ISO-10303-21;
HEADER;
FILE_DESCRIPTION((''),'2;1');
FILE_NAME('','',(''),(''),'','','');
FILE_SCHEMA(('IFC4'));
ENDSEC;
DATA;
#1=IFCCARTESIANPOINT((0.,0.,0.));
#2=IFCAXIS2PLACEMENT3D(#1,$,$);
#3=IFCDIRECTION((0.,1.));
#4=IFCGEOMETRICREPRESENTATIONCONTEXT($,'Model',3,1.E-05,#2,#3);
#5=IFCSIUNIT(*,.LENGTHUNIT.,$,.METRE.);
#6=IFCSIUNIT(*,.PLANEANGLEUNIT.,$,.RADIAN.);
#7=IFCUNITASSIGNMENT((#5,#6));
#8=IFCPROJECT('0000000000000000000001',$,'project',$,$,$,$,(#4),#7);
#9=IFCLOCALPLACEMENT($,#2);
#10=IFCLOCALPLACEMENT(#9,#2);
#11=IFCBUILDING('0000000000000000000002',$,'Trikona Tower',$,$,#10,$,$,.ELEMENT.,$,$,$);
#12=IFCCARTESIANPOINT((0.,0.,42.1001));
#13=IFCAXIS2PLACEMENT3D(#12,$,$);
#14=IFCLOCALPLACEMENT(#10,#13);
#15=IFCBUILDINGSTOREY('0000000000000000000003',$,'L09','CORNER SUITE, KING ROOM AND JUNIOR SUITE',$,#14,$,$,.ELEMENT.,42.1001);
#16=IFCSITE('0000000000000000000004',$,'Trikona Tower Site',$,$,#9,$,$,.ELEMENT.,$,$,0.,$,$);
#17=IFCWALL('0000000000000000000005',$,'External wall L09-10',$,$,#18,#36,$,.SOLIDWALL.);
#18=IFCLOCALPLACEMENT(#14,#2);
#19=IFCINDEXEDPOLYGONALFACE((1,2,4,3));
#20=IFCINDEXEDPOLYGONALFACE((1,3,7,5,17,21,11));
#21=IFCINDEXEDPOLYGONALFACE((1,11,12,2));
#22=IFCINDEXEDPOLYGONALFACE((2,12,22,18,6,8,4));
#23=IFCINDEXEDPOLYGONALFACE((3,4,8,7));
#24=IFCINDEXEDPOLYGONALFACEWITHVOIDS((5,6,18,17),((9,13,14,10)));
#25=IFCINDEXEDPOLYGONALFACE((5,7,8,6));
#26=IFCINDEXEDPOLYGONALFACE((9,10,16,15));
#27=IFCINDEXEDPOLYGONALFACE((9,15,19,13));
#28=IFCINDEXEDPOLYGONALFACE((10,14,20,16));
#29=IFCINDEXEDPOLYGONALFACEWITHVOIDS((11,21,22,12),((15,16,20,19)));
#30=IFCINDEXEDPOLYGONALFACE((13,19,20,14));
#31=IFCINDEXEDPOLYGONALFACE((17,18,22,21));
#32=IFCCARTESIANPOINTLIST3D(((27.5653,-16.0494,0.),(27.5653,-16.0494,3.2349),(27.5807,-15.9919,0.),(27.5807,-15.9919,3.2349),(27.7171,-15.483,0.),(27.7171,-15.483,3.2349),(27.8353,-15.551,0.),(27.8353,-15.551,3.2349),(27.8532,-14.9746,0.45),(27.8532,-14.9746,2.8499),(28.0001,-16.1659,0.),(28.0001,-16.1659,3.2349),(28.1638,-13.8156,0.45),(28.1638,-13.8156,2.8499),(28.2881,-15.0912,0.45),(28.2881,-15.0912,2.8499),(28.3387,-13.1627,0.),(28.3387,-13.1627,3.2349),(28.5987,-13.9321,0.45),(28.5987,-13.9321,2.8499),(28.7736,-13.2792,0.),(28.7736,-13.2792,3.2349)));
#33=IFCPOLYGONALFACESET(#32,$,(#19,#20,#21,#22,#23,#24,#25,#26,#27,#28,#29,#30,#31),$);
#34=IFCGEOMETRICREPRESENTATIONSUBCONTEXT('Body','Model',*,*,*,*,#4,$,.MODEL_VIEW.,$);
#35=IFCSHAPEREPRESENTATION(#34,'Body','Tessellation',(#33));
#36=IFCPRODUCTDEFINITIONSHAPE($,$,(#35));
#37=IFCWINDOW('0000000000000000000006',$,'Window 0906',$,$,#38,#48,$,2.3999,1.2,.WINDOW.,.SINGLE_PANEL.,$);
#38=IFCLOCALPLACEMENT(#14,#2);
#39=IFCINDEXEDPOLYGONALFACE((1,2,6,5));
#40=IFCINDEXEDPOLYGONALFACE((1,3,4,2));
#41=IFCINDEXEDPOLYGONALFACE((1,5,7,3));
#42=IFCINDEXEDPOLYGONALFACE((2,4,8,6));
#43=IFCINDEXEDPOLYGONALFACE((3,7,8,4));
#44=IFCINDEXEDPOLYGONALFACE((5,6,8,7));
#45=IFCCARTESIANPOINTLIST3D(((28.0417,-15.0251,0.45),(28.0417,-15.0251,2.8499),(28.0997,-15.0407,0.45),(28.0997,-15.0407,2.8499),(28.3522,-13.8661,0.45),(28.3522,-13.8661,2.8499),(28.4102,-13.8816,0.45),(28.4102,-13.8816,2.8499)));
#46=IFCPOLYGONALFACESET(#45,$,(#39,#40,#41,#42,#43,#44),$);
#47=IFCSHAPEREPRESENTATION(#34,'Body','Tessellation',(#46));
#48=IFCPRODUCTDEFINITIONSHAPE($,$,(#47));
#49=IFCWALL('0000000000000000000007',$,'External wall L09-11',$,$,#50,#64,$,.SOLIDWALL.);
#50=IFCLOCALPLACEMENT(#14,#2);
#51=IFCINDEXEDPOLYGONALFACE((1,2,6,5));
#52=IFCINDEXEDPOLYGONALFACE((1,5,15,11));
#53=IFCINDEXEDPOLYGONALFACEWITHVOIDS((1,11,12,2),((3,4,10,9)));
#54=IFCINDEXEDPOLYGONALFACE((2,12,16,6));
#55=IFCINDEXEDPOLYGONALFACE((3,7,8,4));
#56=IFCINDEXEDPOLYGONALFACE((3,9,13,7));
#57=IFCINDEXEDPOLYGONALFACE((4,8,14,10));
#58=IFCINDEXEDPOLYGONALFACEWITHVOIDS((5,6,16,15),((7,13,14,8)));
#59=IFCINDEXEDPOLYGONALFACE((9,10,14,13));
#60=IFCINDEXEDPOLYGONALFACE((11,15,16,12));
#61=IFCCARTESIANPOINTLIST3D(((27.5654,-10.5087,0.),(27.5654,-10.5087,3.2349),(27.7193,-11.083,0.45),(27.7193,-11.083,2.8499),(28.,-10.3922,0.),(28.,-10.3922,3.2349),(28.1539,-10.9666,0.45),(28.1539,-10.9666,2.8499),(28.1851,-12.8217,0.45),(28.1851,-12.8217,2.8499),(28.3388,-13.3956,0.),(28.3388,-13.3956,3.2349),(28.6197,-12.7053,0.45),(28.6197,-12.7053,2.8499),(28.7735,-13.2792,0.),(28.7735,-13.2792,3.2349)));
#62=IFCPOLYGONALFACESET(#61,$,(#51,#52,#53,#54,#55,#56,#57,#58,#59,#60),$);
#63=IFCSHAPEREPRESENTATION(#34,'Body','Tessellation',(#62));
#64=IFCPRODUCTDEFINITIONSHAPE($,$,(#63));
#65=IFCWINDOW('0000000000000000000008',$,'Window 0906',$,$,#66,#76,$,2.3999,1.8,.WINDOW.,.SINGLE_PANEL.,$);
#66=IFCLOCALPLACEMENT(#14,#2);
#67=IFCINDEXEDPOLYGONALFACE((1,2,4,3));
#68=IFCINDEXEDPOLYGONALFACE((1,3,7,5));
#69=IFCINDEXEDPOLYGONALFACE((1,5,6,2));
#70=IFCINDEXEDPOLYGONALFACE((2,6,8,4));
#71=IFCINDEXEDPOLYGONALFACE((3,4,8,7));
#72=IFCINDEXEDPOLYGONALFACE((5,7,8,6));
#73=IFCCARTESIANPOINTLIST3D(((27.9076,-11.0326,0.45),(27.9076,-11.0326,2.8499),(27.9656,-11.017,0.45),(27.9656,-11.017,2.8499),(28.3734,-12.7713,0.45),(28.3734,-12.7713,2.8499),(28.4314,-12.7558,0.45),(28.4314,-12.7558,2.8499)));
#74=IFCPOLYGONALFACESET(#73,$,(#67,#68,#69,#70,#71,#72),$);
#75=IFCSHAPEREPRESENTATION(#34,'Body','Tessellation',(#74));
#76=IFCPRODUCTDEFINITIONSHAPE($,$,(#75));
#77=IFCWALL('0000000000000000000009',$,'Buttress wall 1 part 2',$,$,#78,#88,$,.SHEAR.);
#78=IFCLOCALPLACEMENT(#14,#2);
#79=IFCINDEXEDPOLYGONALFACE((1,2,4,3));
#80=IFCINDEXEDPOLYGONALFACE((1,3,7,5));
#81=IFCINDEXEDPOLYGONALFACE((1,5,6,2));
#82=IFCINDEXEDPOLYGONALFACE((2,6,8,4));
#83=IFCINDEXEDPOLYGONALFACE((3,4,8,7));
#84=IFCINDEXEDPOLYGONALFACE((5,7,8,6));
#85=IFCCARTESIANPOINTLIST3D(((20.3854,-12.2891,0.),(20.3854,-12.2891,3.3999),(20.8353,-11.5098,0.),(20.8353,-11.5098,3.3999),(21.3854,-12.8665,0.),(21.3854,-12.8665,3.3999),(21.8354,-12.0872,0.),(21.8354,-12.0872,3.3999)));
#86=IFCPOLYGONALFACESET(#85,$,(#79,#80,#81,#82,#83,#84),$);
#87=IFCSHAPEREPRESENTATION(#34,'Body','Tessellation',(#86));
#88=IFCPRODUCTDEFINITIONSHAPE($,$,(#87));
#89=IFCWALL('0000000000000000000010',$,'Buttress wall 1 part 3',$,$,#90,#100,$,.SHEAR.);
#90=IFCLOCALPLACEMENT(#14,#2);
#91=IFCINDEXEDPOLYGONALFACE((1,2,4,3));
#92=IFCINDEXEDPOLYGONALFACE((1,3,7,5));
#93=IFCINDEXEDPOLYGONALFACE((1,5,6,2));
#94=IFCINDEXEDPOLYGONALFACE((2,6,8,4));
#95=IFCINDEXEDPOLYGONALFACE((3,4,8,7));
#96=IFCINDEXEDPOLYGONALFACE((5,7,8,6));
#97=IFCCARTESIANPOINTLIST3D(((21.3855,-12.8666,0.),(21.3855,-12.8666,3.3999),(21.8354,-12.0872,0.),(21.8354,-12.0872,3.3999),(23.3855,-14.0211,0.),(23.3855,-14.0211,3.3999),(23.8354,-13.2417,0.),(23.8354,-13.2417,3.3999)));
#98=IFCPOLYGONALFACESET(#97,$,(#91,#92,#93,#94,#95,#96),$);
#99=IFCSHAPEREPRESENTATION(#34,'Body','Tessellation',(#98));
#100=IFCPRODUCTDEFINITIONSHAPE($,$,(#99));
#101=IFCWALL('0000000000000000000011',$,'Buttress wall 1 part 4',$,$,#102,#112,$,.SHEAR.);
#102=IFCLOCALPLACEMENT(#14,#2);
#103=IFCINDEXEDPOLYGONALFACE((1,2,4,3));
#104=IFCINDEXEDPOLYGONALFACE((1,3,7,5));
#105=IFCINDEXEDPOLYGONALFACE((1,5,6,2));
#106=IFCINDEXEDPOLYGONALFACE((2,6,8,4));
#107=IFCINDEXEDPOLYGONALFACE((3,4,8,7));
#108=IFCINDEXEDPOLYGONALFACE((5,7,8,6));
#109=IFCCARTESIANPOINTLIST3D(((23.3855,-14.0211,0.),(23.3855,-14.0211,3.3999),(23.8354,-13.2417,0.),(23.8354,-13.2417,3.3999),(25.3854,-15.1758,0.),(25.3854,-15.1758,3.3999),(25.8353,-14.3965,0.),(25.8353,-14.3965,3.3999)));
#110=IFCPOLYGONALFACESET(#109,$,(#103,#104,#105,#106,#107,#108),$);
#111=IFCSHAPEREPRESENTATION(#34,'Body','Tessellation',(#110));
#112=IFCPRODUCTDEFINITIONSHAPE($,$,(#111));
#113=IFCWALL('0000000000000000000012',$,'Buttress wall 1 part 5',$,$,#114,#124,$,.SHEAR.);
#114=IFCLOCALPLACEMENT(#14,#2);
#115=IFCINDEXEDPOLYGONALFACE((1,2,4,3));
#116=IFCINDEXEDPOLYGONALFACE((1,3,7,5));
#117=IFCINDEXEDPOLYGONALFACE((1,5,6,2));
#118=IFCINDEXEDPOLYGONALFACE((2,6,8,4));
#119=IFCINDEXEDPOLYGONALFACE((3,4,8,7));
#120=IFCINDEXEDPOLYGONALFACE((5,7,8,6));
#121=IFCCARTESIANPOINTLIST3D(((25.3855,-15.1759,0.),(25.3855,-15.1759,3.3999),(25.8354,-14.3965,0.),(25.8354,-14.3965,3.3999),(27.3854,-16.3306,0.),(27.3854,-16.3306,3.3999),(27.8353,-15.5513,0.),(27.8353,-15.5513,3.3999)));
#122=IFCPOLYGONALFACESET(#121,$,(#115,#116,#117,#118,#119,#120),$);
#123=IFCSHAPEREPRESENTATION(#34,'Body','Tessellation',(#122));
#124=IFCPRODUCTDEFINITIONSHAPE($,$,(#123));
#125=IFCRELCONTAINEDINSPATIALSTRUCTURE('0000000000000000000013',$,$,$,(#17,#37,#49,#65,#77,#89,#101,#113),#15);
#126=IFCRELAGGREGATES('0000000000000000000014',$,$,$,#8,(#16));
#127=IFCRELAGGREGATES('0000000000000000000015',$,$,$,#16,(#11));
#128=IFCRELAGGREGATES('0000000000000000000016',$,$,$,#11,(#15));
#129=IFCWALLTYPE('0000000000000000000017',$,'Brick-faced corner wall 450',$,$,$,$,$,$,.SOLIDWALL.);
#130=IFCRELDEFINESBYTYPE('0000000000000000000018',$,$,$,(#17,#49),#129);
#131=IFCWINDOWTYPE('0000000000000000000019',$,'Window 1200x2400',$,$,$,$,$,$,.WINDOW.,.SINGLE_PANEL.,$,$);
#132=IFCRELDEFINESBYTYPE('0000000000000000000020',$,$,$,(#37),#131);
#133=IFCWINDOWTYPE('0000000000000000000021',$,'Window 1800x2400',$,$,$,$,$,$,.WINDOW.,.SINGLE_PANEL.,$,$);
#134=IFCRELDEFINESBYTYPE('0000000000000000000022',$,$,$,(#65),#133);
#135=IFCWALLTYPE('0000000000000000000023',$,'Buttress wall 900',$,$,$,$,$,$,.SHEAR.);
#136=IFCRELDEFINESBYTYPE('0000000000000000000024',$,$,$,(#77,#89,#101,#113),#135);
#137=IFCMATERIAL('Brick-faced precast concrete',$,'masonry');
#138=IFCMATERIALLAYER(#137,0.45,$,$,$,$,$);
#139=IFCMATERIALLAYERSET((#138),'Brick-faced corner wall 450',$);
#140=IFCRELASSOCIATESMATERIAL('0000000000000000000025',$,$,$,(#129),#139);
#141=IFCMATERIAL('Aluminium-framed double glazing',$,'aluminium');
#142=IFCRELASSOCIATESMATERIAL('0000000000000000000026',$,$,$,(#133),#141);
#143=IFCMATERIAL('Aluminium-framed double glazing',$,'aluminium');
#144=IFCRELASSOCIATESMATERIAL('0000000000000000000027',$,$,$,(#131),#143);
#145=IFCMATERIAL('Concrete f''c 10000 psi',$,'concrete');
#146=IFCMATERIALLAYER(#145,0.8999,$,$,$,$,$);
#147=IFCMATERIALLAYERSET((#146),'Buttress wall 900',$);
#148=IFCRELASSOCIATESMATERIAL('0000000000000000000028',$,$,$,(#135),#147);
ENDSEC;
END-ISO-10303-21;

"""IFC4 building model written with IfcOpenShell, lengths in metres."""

from ifc_helpers import new_model, si_unit, direction, frame, frame_2d, origin, place, context, subcontext, project, spatial, polyline, rectangle, outline, extrude, material, layer, layer_set, type_object, element, fill, save


model = new_model("IFC4")

# Units and contexts
model_context = context("Model", 3, precision=1e-05, world=origin(), true_north=direction((0.0, 1.0)))
body_context = subcontext(model_context, "Body", "Model", "MODEL_VIEW")
ifc_project = project(units=[si_unit("LENGTHUNIT", "METRE"), si_unit("PLANEANGLEUNIT", "RADIAN")], contexts=[model_context])

# Site, building, storey
site_placement = place(None, origin())
site = spatial("IfcSite", under=ifc_project, at=site_placement, Name="Trikona Tower Site", CompositionType="ELEMENT", RefElevation=0.0)
building_placement = place(site_placement, origin())
building = spatial("IfcBuilding", under=site, at=building_placement, Name="Trikona Tower", CompositionType="ELEMENT")
storey_placement = place(building_placement, frame((0.0, 0.0, 42.1001)))
storey = spatial("IfcBuildingStorey", under=building, at=storey_placement, Name="L09", Description="CORNER SUITE, KING ROOM AND JUNIOR SUITE", CompositionType="ELEMENT", Elevation=42.1001)

# Walls, openings, windows
ifc_material_1 = material(Name="Brick-faced precast concrete", Category="masonry")
ifc_layer_1 = layer(ifc_material_1, 0.45)
ifc_layer_set_1 = layer_set([ifc_layer_1], Name="Brick-faced corner wall 450")
wall_type_1 = type_object("IfcWallType", Name="Brick-faced corner wall 450", PredefinedType="SOLIDWALL", material=ifc_layer_set_1)
ifc_material_2 = material(Name="Aluminium-framed double glazing", Category="aluminium")
window_type_1 = type_object("IfcWindowType", Name="Window 1800x2400", PartitioningType="SINGLE_PANEL", PredefinedType="WINDOW", material=ifc_material_2)
ifc_material_3 = material(Name="Aluminium-framed double glazing", Category="aluminium")
window_type_2 = type_object("IfcWindowType", Name="Window 1200x2400", PartitioningType="SINGLE_PANEL", PredefinedType="WINDOW", material=ifc_material_3)
wall_1_placement = place(storey_placement, frame((27.7827, -16.1077, 0.0), z_axis=(0.0, 0.0, 1.0), x_axis=(0.258801, 0.965931, 0.0)))
wall_1 = element("IfcWall", 1, at=wall_1_placement, inside=storey, type_object=wall_type_1, Name="External wall L09-10", PredefinedType="SOLIDWALL", context=body_context, shape_type="SweptSolid", body=[
    extrude(outline(polyline([(2.9885, 0.2251), (0.5864, 0.2251), (0.5513, 0.0933), (0.0596, 0.2251), (0.0, 0.2251), (0.0, -0.2251), (2.9885, -0.2251), (2.9885, 0.2251)])), origin(), (0.0, 0.0, 1.0), 3.2349),
])
opening_1_placement = place(wall_1_placement, frame((1.1125, 0.0, 0.45)))
opening_1 = element("IfcOpeningElement", 2, at=opening_1_placement, cuts=wall_1, PredefinedType="OPENING", context=body_context, shape_type="SweptSolid", body=[
    extrude(rectangle(XDim=1.2, YDim=2.3999, at=frame_2d((0.6001, 1.2))), frame((0.0, 0.2349, 0.0), z_axis=(0.0, -1.0, 0.0), x_axis=(1.0, 0.0, 0.0)), (0.0, 0.0, 1.0), 0.47),
])
window_1_placement = place(opening_1_placement, origin())
window_1 = element("IfcWindow", 3, at=window_1_placement, inside=storey, type_object=window_type_2, Name="Window 0906", OverallHeight=2.3999, OverallWidth=1.2, PartitioningType="SINGLE_PANEL", PredefinedType="WINDOW", context=body_context, shape_type="SweptSolid", body=[
    extrude(rectangle(XDim=1.2, YDim=2.3999, at=frame_2d((0.6001, 1.2))), frame((0.0, 0.03, 0.0), z_axis=(0.0, -1.0, 0.0), x_axis=(1.0, 0.0, 0.0)), (0.0, 0.0, 1.0), 0.0601),
])
fill(opening_1, window_1)
wall_2_placement = place(storey_placement, frame((28.5562, -13.3374, 0.0), z_axis=(0.0, 0.0, 1.0), x_axis=(-0.258781, 0.965936, 0.0)))
wall_2 = element("IfcWall", 4, at=wall_2_placement, inside=storey, type_object=wall_type_1, Name="External wall L09-11", PredefinedType="SOLIDWALL", context=body_context, shape_type="SweptSolid", body=[
    extrude(rectangle(XDim=2.9888, YDim=0.45, at=frame_2d((1.4944, 0.0))), origin(), (0.0, 0.0, 1.0), 3.2349),
])
opening_2_placement = place(wall_2_placement, frame((0.5942, 0.0, 0.45)))
opening_2 = element("IfcOpeningElement", 5, at=opening_2_placement, cuts=wall_2, PredefinedType="OPENING", context=body_context, shape_type="SweptSolid", body=[
    extrude(rectangle(XDim=1.8, YDim=2.3999, at=frame_2d((0.8999, 1.2))), frame((0.0, 0.2349, 0.0), z_axis=(0.0, -1.0, 0.0), x_axis=(1.0, 0.0, 0.0)), (0.0, 0.0, 1.0), 0.47),
])
window_2_placement = place(opening_2_placement, origin())
window_2 = element("IfcWindow", 6, at=window_2_placement, inside=storey, type_object=window_type_1, Name="Window 0906", OverallHeight=2.3999, OverallWidth=1.8, PartitioningType="SINGLE_PANEL", PredefinedType="WINDOW", context=body_context, shape_type="SweptSolid", body=[
    extrude(rectangle(XDim=1.8, YDim=2.3999, at=frame_2d((0.8999, 1.2))), frame((0.0, 0.03, 0.0), z_axis=(0.0, -1.0, 0.0), x_axis=(1.0, 0.0, 0.0)), (0.0, 0.0, 1.0), 0.0601),
])
fill(opening_2, window_2)

# Walls
ifc_material_4 = material(Name="Concrete f'c 10000 psi", Category="concrete")
ifc_layer_2 = layer(ifc_material_4, 0.8999)
ifc_layer_set_2 = layer_set([ifc_layer_2], Name="Buttress wall 900")
wall_type_2 = type_object("IfcWallType", Name="Buttress wall 900", PredefinedType="SHEAR", material=ifc_layer_set_2)
wall_3_placement = place(storey_placement, frame((20.6104, -11.8994, 0.0), z_axis=(0.0, 0.0, 1.0), x_axis=(0.86601, -0.500027, 0.0)))
element("IfcWall", 7, at=wall_3_placement, inside=storey, type_object=wall_type_2, Name="Buttress wall 1 part 2", PredefinedType="SHEAR", context=body_context, shape_type="SweptSolid", body=[
    extrude(rectangle(XDim=1.1548, YDim=0.8999, at=frame_2d((0.5774, 0.0))), origin(), (0.0, 0.0, 1.0), 3.3999),
])
for number, where, z_axis, x_axis, name in (
    (8, (21.6104, -12.4768, 0.0), (0.0, 0.0, 1.0), (0.866055, -0.499948, 0.0), "Buttress wall 1 part 3"),
    (9, (23.6104, -13.6313, 0.0), (0.0, 0.0, 1.0), (0.86601, -0.500027, 0.0), "Buttress wall 1 part 4"),
    (10, (25.6104, -14.7861, 0.0), (0.0, 0.0, 1.0), (0.86601, -0.500027, 0.0), "Buttress wall 1 part 5"),
):
    element("IfcWall", number, at=place(storey_placement, frame(where, z_axis=z_axis, x_axis=x_axis)), inside=storey, type_object=wall_type_2, Name=name, PredefinedType="SHEAR", context=body_context, shape_type="SweptSolid", body=[
        extrude(rectangle(XDim=2.3093, YDim=0.8999, at=frame_2d((1.1548, 0.0))), origin(), (0.0, 0.0, 1.0), 3.3999),
    ])

save(model, "model.ifc")
